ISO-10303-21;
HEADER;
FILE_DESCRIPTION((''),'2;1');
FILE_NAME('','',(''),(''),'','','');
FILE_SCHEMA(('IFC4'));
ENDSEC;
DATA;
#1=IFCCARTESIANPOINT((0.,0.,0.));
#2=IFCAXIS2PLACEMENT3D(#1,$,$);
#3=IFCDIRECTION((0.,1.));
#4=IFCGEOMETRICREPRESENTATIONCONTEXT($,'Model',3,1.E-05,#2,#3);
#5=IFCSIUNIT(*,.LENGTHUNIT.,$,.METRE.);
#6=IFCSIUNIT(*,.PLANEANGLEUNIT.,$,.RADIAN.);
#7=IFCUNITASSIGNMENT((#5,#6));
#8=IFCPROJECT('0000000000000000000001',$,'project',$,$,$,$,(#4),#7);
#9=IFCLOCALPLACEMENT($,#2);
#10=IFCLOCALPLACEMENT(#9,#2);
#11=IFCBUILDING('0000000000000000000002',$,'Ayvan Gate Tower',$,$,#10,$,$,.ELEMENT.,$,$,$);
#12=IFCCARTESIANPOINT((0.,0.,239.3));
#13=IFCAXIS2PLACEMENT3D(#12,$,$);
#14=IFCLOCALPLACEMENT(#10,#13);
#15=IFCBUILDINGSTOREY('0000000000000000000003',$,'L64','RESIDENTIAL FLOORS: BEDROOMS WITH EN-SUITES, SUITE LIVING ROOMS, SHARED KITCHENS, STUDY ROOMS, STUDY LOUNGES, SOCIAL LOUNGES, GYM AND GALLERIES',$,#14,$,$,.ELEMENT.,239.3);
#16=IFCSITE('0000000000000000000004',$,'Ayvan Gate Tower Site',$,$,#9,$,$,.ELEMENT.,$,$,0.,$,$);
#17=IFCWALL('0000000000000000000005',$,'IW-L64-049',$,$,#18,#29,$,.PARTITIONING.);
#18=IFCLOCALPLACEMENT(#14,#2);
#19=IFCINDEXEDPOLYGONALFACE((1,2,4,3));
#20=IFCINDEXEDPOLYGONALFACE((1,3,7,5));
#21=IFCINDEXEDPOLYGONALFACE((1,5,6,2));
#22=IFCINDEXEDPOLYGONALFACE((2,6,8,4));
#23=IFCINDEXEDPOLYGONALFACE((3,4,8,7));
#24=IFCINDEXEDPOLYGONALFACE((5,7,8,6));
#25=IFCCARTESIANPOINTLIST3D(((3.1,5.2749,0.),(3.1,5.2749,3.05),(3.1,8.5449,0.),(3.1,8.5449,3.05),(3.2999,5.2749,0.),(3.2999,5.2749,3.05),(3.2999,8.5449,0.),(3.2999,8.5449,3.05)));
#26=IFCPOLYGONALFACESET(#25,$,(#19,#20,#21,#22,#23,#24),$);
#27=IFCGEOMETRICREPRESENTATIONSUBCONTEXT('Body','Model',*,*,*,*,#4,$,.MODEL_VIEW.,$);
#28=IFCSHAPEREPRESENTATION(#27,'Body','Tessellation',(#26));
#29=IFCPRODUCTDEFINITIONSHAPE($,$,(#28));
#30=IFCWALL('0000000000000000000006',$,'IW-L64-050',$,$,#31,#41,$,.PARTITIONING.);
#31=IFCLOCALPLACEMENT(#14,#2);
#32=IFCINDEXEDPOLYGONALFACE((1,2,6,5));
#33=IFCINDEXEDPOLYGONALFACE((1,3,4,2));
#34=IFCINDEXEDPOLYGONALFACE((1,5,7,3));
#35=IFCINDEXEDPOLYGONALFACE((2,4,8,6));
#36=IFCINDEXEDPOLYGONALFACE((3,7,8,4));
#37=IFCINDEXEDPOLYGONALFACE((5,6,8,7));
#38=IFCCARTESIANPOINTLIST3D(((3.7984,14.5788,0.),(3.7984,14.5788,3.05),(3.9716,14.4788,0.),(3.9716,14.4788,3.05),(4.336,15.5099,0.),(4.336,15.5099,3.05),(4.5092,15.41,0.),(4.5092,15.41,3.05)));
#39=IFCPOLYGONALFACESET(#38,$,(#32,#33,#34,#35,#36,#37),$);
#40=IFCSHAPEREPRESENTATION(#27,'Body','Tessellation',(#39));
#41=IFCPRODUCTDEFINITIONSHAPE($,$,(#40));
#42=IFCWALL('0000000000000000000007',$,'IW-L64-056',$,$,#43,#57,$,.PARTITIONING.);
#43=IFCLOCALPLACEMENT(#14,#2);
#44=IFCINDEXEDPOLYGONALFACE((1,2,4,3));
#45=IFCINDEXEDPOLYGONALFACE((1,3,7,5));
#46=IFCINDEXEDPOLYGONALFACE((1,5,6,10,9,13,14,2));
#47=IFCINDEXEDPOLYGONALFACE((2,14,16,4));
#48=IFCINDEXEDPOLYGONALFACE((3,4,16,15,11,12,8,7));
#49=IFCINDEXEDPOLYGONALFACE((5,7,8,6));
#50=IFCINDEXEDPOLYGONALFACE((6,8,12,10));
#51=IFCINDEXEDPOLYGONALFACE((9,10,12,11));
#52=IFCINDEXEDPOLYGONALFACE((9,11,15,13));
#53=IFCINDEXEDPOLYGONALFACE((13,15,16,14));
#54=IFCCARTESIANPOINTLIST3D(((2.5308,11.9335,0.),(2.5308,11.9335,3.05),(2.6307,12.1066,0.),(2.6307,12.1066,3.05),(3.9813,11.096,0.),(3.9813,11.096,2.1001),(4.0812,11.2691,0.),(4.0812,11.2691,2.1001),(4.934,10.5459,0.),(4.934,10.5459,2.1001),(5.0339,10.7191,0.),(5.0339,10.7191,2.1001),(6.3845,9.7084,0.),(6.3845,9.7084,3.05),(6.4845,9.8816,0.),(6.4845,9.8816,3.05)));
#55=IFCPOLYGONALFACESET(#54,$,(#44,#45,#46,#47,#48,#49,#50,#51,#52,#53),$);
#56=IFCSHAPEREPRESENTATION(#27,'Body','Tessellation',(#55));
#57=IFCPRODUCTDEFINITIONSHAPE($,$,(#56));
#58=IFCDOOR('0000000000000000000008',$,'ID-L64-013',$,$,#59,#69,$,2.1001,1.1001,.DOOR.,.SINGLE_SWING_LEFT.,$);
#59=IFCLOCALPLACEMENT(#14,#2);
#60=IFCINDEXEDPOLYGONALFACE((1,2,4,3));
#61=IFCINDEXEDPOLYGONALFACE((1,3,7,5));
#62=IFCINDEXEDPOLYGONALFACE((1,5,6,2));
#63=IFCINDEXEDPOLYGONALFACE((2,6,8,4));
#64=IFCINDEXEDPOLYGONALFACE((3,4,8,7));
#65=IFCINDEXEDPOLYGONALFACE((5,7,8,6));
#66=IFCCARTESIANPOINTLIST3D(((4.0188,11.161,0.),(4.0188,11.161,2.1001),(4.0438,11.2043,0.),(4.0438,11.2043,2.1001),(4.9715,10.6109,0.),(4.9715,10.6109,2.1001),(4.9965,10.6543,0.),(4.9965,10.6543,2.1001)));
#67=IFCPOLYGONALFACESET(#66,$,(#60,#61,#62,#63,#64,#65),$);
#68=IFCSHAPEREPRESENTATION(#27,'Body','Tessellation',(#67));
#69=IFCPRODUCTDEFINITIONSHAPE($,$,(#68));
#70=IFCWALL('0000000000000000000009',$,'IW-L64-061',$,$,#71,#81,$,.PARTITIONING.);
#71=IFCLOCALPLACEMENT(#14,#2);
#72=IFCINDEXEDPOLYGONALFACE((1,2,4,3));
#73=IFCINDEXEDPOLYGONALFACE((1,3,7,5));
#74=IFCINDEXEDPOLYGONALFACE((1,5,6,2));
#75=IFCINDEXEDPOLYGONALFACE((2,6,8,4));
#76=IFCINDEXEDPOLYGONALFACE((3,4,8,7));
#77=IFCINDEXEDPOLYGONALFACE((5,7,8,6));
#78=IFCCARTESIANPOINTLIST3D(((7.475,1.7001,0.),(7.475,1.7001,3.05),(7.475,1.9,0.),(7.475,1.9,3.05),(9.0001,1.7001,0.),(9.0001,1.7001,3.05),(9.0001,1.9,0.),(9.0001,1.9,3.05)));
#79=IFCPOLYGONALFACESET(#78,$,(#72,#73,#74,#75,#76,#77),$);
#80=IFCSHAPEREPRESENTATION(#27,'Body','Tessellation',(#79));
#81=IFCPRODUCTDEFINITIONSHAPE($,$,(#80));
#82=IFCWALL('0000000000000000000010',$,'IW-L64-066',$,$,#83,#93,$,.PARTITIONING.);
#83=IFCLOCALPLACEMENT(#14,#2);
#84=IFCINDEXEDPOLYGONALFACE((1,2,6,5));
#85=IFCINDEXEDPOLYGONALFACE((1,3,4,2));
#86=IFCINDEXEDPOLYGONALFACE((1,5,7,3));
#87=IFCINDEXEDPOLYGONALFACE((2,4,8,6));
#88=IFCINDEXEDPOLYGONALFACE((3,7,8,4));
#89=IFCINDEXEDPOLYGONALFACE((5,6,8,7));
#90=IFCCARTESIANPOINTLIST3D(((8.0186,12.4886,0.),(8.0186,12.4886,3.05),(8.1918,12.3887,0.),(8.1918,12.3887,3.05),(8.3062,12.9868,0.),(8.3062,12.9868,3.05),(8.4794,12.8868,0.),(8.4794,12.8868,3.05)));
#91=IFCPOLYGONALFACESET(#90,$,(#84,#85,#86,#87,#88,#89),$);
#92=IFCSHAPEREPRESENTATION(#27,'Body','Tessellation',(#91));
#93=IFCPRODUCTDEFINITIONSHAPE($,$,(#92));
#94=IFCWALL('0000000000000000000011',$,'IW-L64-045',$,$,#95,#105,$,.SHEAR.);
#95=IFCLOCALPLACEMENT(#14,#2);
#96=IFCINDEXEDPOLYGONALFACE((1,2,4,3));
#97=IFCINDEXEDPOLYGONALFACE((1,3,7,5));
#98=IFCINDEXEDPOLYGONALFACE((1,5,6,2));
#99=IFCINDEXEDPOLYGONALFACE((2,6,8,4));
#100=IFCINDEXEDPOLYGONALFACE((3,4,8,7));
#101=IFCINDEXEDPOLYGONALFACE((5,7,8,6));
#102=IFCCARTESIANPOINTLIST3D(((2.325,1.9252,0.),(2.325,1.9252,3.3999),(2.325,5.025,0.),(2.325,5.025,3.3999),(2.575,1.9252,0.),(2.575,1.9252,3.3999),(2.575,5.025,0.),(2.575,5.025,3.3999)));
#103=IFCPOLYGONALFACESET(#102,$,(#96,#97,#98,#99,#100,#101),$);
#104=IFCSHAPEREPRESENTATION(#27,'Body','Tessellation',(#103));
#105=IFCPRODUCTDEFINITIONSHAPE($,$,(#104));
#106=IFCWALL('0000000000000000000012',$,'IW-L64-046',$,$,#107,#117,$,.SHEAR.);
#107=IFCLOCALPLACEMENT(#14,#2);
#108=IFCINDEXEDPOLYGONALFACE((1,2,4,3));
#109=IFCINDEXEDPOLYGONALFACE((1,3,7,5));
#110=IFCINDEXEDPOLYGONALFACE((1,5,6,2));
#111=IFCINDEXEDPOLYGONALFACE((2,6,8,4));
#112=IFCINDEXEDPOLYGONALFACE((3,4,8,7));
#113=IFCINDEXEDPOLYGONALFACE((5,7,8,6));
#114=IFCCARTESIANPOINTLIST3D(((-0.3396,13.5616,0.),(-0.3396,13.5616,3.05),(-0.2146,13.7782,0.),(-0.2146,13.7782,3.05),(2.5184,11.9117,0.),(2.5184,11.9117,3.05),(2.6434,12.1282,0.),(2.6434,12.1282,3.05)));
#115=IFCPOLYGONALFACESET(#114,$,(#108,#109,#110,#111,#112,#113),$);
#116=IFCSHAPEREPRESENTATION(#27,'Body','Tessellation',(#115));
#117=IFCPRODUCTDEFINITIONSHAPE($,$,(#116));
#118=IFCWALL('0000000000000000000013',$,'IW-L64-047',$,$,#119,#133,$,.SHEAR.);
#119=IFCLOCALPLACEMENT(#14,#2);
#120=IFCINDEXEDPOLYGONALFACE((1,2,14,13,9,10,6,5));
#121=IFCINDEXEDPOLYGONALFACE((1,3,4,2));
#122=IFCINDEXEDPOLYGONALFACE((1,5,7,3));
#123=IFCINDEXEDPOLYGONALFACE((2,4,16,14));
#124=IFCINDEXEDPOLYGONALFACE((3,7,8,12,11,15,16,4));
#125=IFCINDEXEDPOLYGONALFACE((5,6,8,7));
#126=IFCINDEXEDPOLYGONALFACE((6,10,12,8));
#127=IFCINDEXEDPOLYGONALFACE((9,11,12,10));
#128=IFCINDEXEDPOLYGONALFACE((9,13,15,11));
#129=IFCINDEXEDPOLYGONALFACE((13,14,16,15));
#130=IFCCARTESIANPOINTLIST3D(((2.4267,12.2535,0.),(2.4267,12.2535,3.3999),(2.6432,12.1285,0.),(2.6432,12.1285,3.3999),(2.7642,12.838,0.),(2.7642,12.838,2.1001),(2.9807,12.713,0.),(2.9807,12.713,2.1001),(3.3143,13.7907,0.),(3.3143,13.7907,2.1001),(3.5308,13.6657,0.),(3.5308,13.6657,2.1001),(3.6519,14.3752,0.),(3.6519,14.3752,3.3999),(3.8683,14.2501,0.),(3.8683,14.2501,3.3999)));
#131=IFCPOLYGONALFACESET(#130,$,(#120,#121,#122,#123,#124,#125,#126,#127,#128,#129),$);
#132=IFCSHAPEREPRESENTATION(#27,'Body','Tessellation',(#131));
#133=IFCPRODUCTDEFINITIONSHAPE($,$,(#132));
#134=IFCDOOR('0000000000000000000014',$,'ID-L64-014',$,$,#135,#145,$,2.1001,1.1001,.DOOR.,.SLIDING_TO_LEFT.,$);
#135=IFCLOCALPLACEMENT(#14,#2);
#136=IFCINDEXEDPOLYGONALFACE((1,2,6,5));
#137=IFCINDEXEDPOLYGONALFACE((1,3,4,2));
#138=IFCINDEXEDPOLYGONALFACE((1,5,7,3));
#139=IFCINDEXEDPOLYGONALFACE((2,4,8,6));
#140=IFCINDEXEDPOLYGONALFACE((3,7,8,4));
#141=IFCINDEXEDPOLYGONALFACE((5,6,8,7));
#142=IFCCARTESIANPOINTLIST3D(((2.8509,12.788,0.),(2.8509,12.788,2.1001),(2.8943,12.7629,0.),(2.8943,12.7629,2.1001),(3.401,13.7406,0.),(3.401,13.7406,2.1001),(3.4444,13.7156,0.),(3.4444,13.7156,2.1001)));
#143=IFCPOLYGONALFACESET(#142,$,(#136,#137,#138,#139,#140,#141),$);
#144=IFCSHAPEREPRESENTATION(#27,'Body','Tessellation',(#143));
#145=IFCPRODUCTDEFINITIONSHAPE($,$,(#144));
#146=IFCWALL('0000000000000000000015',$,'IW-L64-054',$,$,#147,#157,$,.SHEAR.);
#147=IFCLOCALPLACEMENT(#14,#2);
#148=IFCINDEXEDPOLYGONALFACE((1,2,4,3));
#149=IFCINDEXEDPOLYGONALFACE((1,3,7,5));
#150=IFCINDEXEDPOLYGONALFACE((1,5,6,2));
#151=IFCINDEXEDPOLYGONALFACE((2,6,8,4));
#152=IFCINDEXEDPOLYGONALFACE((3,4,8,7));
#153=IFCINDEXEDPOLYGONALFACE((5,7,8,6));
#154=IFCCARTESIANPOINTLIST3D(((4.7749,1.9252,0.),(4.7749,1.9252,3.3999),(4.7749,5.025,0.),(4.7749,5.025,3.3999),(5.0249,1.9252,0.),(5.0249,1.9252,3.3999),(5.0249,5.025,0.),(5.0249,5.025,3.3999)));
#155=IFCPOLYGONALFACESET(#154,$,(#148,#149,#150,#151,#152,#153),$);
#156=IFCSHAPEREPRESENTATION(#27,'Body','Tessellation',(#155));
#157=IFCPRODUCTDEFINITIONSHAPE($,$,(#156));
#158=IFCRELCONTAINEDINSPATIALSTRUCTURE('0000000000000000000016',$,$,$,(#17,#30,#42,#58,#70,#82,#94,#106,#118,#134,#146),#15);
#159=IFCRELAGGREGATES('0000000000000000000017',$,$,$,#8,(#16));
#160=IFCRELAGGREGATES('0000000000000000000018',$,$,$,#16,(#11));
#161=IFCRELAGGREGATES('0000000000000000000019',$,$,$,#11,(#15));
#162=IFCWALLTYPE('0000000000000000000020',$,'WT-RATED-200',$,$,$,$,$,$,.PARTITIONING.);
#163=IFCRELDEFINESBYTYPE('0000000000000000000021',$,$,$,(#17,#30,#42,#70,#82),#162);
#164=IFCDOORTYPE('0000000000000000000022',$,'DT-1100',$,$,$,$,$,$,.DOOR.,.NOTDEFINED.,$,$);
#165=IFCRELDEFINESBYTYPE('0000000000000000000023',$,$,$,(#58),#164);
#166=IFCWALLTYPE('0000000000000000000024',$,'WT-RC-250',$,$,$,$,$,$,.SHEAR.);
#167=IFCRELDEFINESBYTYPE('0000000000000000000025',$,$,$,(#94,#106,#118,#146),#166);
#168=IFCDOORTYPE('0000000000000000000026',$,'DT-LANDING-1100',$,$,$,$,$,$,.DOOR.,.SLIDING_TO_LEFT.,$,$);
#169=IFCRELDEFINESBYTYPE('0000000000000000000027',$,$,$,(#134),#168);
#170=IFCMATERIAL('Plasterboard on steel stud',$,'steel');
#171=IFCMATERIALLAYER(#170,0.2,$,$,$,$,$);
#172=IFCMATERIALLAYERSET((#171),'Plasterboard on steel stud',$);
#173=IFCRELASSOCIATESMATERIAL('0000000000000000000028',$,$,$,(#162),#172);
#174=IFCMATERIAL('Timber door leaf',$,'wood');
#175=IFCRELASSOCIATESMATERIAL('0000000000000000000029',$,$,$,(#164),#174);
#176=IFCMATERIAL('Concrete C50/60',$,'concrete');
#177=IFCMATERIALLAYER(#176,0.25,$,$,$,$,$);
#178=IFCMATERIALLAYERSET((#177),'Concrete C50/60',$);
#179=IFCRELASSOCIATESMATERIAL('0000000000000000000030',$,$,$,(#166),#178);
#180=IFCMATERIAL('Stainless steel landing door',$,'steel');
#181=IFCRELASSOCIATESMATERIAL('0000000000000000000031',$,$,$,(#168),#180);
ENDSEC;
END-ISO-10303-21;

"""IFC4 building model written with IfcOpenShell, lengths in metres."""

from ifc_helpers import new_model, si_unit, direction, frame, frame_2d, origin, place, context, subcontext, project, spatial, rectangle, extrude, material, layer, layer_set, type_object, element, fill, save


model = new_model("IFC4")

# Units and contexts
model_context = context("Model", 3, precision=1e-05, world=origin(), true_north=direction((0.0, 1.0)))
body_context = subcontext(model_context, "Body", "Model", "MODEL_VIEW")
ifc_project = project(units=[si_unit("LENGTHUNIT", "METRE"), si_unit("PLANEANGLEUNIT", "RADIAN")], contexts=[model_context])

# Site, building, storey
site_placement = place(None, origin())
site = spatial("IfcSite", under=ifc_project, at=site_placement, Name="Ayvan Gate Tower Site", CompositionType="ELEMENT", RefElevation=0.0)
building_placement = place(site_placement, origin())
building = spatial("IfcBuilding", under=site, at=building_placement, Name="Ayvan Gate Tower", CompositionType="ELEMENT")
storey_placement = place(building_placement, frame((0.0, 0.0, 239.3)))
storey = spatial("IfcBuildingStorey", under=building, at=storey_placement, Name="L64", Description="RESIDENTIAL FLOORS: BEDROOMS WITH EN-SUITES, SUITE LIVING ROOMS, SHARED KITCHENS, STUDY ROOMS, STUDY LOUNGES, SOCIAL LOUNGES, GYM AND GALLERIES", CompositionType="ELEMENT", Elevation=239.3)

# Shared definitions
ifc_material_1 = material(Name="Concrete C50/60", Category="concrete")

# Shared definitions
ifc_material_2 = material(Name="Timber door leaf", Category="wood")

# Walls
ifc_material_3 = material(Name="Plasterboard on steel stud", Category="steel")
ifc_layer_1 = layer(ifc_material_3, 0.2)
ifc_layer_set_1 = layer_set([ifc_layer_1], Name="Plasterboard on steel stud")
wall_type_1 = type_object("IfcWallType", Name="WT-RATED-200", PredefinedType="PARTITIONING", material=ifc_layer_set_1)
wall_1_placement = place(storey_placement, frame((3.2, 8.5449, 0.0), z_axis=(0.0, 0.0, 1.0), x_axis=(0.0, -1.0, 0.0)))
element("IfcWall", 1, at=wall_1_placement, inside=storey, type_object=wall_type_1, Name="IW-L64-049", PredefinedType="PARTITIONING", context=body_context, shape_type="SweptSolid", body=[
    extrude(rectangle(XDim=3.27, YDim=0.2, at=frame_2d((1.635, 0.0))), origin(), (0.0, 0.0, 1.0), 3.05),
])
wall_2_placement = place(storey_placement, frame((3.885, 14.5288, 0.0), z_axis=(0.0, 0.0, 1.0), x_axis=(0.499998, 0.866027, 0.0)))
element("IfcWall", 2, at=wall_2_placement, inside=storey, type_object=wall_type_1, Name="IW-L64-050", PredefinedType="PARTITIONING", context=body_context, shape_type="SweptSolid", body=[
    extrude(rectangle(XDim=1.0752, YDim=0.2, at=frame_2d((0.5376, 0.0))), origin(), (0.0, 0.0, 1.0), 3.05),
])

# Wall, opening, door
wall_3_placement = place(storey_placement, frame((6.4346, 9.7949, 0.0), z_axis=(0.0, 0.0, 1.0), x_axis=(-0.866013, 0.500022, 0.0)))
wall_3 = element("IfcWall", 3, at=wall_3_placement, inside=storey, type_object=wall_type_1, Name="IW-L64-056", PredefinedType="PARTITIONING", context=body_context, shape_type="SweptSolid", body=[
    extrude(rectangle(XDim=4.45, YDim=0.2, at=frame_2d((2.2251, 0.0))), origin(), (0.0, 0.0, 1.0), 3.05),
])
opening_1_placement = place(wall_3_placement, frame((1.675, 0.0, 0.0)))
opening_1 = element("IfcOpeningElement", 4, at=opening_1_placement, cuts=wall_3, PredefinedType="OPENING", context=body_context, shape_type="SweptSolid", body=[
    extrude(rectangle(XDim=1.1001, YDim=2.1001, at=frame_2d((0.55, 1.05))), frame((0.0, 0.1099, 0.0), z_axis=(0.0, -1.0, 0.0), x_axis=(1.0, 0.0, 0.0)), (0.0, 0.0, 1.0), 0.22),
])
door_type_1 = type_object("IfcDoorType", Name="DT-1100", OperationType="NOTDEFINED", PredefinedType="DOOR", material=ifc_material_2)
door_1_placement = place(opening_1_placement, origin())
door_1 = element("IfcDoor", 5, at=door_1_placement, inside=storey, type_object=door_type_1, Name="ID-L64-013", OperationType="SINGLE_SWING_LEFT", OverallHeight=2.1001, OverallWidth=1.1001, PredefinedType="DOOR", context=body_context, shape_type="SweptSolid", body=[
    extrude(rectangle(XDim=1.1001, YDim=2.1001, at=frame_2d((0.55, 1.05))), frame((0.0, 0.0249, 0.0), z_axis=(0.0, -1.0, 0.0), x_axis=(1.0, 0.0, 0.0)), (0.0, 0.0, 1.0), 0.05),
])
fill(opening_1, door_1)

# Walls
wall_4_placement = place(storey_placement, frame((7.4749, 1.8, 0.0), z_axis=(0.0, 0.0, 1.0), x_axis=(1.0, 0.0, 0.0)))
element("IfcWall", 6, at=wall_4_placement, inside=storey, type_object=wall_type_1, Name="IW-L64-061", PredefinedType="PARTITIONING", context=body_context, shape_type="SweptSolid", body=[
    extrude(rectangle(XDim=1.5251, YDim=0.2, at=frame_2d((0.7627, 0.0))), origin(), (0.0, 0.0, 1.0), 3.05),
])
wall_5_placement = place(storey_placement, frame((8.3928, 12.9368, 0.0), z_axis=(0.0, 0.0, 1.0), x_axis=(-0.500065, -0.865988, 0.0)))
element("IfcWall", 7, at=wall_5_placement, inside=storey, type_object=wall_type_1, Name="IW-L64-066", PredefinedType="PARTITIONING", context=body_context, shape_type="SweptSolid", body=[
    extrude(rectangle(XDim=0.5752, YDim=0.2, at=frame_2d((0.2876, 0.0))), origin(), (0.0, 0.0, 1.0), 3.05),
])
ifc_layer_2 = layer(ifc_material_1, 0.25)
ifc_layer_set_2 = layer_set([ifc_layer_2], Name="Concrete C50/60")
wall_type_2 = type_object("IfcWallType", Name="WT-RC-250", PredefinedType="SHEAR", material=ifc_layer_set_2)
wall_6_placement = place(storey_placement, frame((2.45, 5.0249, 0.0), z_axis=(0.0, 0.0, 1.0), x_axis=(0.0, -1.0, 0.0)))
element("IfcWall", 8, at=wall_6_placement, inside=storey, type_object=wall_type_2, Name="IW-L64-045", PredefinedType="SHEAR", context=body_context, shape_type="SweptSolid", body=[
    extrude(rectangle(XDim=3.0999, YDim=0.25, at=frame_2d((1.5498, 0.0))), origin(), (0.0, 0.0, 1.0), 3.3999),
])
wall_7_placement = place(storey_placement, frame((2.5808, 12.02, 0.0), z_axis=(0.0, 0.0, 1.0), x_axis=(-0.86604, 0.499974, 0.0)))
element("IfcWall", 9, at=wall_7_placement, inside=storey, type_object=wall_type_2, Name="IW-L64-046", PredefinedType="SHEAR", context=body_context, shape_type="SweptSolid", body=[
    extrude(rectangle(XDim=3.3, YDim=0.25, at=frame_2d((1.6499, 0.0))), origin(), (0.0, 0.0, 1.0), 3.05),
])

# Wall, opening, door
wall_8_placement = place(storey_placement, frame((2.5349, 12.1909, 0.0), z_axis=(0.0, 0.0, 1.0), x_axis=(0.500062, 0.86599, 0.0)))
wall_8 = element("IfcWall", 10, at=wall_8_placement, inside=storey, type_object=wall_type_2, Name="IW-L64-047", PredefinedType="SHEAR", context=body_context, shape_type="SweptSolid", body=[
    extrude(rectangle(XDim=2.45, YDim=0.25, at=frame_2d((1.2251, 0.0))), origin(), (0.0, 0.0, 1.0), 3.3999),
])
opening_2_placement = place(wall_8_placement, frame((0.675, 0.0, 0.0)))
opening_2 = element("IfcOpeningElement", 11, at=opening_2_placement, cuts=wall_8, PredefinedType="OPENING", context=body_context, shape_type="SweptSolid", body=[
    extrude(rectangle(XDim=1.1001, YDim=2.1001, at=frame_2d((0.55, 1.05))), frame((0.0, 0.135, 0.0), z_axis=(0.0, -1.0, 0.0), x_axis=(1.0, 0.0, 0.0)), (0.0, 0.0, 1.0), 0.27),
])
ifc_material_4 = material(Name="Stainless steel landing door", Category="steel")
door_type_2 = type_object("IfcDoorType", Name="DT-LANDING-1100", OperationType="SLIDING_TO_LEFT", PredefinedType="DOOR", material=ifc_material_4)
door_2_placement = place(opening_2_placement, origin())
door_2 = element("IfcDoor", 12, at=door_2_placement, inside=storey, type_object=door_type_2, Name="ID-L64-014", OperationType="SLIDING_TO_LEFT", OverallHeight=2.1001, OverallWidth=1.1001, PredefinedType="DOOR", context=body_context, shape_type="SweptSolid", body=[
    extrude(rectangle(XDim=1.1001, YDim=2.1001, at=frame_2d((0.55, 1.05))), frame((0.0, 0.0249, 0.0), z_axis=(0.0, -1.0, 0.0), x_axis=(1.0, 0.0, 0.0)), (0.0, 0.0, 1.0), 0.05),
])
fill(opening_2, door_2)

# Wall
wall_9_placement = place(storey_placement, frame((4.8999, 5.0249, 0.0), z_axis=(0.0, 0.0, 1.0), x_axis=(0.0, -1.0, 0.0)))
element("IfcWall", 13, at=wall_9_placement, inside=storey, type_object=wall_type_2, Name="IW-L64-054", PredefinedType="SHEAR", context=body_context, shape_type="SweptSolid", body=[
    extrude(rectangle(XDim=3.0999, YDim=0.25, at=frame_2d((1.5498, 0.0))), origin(), (0.0, 0.0, 1.0), 3.3999),
])

save(model, "model.ifc")
